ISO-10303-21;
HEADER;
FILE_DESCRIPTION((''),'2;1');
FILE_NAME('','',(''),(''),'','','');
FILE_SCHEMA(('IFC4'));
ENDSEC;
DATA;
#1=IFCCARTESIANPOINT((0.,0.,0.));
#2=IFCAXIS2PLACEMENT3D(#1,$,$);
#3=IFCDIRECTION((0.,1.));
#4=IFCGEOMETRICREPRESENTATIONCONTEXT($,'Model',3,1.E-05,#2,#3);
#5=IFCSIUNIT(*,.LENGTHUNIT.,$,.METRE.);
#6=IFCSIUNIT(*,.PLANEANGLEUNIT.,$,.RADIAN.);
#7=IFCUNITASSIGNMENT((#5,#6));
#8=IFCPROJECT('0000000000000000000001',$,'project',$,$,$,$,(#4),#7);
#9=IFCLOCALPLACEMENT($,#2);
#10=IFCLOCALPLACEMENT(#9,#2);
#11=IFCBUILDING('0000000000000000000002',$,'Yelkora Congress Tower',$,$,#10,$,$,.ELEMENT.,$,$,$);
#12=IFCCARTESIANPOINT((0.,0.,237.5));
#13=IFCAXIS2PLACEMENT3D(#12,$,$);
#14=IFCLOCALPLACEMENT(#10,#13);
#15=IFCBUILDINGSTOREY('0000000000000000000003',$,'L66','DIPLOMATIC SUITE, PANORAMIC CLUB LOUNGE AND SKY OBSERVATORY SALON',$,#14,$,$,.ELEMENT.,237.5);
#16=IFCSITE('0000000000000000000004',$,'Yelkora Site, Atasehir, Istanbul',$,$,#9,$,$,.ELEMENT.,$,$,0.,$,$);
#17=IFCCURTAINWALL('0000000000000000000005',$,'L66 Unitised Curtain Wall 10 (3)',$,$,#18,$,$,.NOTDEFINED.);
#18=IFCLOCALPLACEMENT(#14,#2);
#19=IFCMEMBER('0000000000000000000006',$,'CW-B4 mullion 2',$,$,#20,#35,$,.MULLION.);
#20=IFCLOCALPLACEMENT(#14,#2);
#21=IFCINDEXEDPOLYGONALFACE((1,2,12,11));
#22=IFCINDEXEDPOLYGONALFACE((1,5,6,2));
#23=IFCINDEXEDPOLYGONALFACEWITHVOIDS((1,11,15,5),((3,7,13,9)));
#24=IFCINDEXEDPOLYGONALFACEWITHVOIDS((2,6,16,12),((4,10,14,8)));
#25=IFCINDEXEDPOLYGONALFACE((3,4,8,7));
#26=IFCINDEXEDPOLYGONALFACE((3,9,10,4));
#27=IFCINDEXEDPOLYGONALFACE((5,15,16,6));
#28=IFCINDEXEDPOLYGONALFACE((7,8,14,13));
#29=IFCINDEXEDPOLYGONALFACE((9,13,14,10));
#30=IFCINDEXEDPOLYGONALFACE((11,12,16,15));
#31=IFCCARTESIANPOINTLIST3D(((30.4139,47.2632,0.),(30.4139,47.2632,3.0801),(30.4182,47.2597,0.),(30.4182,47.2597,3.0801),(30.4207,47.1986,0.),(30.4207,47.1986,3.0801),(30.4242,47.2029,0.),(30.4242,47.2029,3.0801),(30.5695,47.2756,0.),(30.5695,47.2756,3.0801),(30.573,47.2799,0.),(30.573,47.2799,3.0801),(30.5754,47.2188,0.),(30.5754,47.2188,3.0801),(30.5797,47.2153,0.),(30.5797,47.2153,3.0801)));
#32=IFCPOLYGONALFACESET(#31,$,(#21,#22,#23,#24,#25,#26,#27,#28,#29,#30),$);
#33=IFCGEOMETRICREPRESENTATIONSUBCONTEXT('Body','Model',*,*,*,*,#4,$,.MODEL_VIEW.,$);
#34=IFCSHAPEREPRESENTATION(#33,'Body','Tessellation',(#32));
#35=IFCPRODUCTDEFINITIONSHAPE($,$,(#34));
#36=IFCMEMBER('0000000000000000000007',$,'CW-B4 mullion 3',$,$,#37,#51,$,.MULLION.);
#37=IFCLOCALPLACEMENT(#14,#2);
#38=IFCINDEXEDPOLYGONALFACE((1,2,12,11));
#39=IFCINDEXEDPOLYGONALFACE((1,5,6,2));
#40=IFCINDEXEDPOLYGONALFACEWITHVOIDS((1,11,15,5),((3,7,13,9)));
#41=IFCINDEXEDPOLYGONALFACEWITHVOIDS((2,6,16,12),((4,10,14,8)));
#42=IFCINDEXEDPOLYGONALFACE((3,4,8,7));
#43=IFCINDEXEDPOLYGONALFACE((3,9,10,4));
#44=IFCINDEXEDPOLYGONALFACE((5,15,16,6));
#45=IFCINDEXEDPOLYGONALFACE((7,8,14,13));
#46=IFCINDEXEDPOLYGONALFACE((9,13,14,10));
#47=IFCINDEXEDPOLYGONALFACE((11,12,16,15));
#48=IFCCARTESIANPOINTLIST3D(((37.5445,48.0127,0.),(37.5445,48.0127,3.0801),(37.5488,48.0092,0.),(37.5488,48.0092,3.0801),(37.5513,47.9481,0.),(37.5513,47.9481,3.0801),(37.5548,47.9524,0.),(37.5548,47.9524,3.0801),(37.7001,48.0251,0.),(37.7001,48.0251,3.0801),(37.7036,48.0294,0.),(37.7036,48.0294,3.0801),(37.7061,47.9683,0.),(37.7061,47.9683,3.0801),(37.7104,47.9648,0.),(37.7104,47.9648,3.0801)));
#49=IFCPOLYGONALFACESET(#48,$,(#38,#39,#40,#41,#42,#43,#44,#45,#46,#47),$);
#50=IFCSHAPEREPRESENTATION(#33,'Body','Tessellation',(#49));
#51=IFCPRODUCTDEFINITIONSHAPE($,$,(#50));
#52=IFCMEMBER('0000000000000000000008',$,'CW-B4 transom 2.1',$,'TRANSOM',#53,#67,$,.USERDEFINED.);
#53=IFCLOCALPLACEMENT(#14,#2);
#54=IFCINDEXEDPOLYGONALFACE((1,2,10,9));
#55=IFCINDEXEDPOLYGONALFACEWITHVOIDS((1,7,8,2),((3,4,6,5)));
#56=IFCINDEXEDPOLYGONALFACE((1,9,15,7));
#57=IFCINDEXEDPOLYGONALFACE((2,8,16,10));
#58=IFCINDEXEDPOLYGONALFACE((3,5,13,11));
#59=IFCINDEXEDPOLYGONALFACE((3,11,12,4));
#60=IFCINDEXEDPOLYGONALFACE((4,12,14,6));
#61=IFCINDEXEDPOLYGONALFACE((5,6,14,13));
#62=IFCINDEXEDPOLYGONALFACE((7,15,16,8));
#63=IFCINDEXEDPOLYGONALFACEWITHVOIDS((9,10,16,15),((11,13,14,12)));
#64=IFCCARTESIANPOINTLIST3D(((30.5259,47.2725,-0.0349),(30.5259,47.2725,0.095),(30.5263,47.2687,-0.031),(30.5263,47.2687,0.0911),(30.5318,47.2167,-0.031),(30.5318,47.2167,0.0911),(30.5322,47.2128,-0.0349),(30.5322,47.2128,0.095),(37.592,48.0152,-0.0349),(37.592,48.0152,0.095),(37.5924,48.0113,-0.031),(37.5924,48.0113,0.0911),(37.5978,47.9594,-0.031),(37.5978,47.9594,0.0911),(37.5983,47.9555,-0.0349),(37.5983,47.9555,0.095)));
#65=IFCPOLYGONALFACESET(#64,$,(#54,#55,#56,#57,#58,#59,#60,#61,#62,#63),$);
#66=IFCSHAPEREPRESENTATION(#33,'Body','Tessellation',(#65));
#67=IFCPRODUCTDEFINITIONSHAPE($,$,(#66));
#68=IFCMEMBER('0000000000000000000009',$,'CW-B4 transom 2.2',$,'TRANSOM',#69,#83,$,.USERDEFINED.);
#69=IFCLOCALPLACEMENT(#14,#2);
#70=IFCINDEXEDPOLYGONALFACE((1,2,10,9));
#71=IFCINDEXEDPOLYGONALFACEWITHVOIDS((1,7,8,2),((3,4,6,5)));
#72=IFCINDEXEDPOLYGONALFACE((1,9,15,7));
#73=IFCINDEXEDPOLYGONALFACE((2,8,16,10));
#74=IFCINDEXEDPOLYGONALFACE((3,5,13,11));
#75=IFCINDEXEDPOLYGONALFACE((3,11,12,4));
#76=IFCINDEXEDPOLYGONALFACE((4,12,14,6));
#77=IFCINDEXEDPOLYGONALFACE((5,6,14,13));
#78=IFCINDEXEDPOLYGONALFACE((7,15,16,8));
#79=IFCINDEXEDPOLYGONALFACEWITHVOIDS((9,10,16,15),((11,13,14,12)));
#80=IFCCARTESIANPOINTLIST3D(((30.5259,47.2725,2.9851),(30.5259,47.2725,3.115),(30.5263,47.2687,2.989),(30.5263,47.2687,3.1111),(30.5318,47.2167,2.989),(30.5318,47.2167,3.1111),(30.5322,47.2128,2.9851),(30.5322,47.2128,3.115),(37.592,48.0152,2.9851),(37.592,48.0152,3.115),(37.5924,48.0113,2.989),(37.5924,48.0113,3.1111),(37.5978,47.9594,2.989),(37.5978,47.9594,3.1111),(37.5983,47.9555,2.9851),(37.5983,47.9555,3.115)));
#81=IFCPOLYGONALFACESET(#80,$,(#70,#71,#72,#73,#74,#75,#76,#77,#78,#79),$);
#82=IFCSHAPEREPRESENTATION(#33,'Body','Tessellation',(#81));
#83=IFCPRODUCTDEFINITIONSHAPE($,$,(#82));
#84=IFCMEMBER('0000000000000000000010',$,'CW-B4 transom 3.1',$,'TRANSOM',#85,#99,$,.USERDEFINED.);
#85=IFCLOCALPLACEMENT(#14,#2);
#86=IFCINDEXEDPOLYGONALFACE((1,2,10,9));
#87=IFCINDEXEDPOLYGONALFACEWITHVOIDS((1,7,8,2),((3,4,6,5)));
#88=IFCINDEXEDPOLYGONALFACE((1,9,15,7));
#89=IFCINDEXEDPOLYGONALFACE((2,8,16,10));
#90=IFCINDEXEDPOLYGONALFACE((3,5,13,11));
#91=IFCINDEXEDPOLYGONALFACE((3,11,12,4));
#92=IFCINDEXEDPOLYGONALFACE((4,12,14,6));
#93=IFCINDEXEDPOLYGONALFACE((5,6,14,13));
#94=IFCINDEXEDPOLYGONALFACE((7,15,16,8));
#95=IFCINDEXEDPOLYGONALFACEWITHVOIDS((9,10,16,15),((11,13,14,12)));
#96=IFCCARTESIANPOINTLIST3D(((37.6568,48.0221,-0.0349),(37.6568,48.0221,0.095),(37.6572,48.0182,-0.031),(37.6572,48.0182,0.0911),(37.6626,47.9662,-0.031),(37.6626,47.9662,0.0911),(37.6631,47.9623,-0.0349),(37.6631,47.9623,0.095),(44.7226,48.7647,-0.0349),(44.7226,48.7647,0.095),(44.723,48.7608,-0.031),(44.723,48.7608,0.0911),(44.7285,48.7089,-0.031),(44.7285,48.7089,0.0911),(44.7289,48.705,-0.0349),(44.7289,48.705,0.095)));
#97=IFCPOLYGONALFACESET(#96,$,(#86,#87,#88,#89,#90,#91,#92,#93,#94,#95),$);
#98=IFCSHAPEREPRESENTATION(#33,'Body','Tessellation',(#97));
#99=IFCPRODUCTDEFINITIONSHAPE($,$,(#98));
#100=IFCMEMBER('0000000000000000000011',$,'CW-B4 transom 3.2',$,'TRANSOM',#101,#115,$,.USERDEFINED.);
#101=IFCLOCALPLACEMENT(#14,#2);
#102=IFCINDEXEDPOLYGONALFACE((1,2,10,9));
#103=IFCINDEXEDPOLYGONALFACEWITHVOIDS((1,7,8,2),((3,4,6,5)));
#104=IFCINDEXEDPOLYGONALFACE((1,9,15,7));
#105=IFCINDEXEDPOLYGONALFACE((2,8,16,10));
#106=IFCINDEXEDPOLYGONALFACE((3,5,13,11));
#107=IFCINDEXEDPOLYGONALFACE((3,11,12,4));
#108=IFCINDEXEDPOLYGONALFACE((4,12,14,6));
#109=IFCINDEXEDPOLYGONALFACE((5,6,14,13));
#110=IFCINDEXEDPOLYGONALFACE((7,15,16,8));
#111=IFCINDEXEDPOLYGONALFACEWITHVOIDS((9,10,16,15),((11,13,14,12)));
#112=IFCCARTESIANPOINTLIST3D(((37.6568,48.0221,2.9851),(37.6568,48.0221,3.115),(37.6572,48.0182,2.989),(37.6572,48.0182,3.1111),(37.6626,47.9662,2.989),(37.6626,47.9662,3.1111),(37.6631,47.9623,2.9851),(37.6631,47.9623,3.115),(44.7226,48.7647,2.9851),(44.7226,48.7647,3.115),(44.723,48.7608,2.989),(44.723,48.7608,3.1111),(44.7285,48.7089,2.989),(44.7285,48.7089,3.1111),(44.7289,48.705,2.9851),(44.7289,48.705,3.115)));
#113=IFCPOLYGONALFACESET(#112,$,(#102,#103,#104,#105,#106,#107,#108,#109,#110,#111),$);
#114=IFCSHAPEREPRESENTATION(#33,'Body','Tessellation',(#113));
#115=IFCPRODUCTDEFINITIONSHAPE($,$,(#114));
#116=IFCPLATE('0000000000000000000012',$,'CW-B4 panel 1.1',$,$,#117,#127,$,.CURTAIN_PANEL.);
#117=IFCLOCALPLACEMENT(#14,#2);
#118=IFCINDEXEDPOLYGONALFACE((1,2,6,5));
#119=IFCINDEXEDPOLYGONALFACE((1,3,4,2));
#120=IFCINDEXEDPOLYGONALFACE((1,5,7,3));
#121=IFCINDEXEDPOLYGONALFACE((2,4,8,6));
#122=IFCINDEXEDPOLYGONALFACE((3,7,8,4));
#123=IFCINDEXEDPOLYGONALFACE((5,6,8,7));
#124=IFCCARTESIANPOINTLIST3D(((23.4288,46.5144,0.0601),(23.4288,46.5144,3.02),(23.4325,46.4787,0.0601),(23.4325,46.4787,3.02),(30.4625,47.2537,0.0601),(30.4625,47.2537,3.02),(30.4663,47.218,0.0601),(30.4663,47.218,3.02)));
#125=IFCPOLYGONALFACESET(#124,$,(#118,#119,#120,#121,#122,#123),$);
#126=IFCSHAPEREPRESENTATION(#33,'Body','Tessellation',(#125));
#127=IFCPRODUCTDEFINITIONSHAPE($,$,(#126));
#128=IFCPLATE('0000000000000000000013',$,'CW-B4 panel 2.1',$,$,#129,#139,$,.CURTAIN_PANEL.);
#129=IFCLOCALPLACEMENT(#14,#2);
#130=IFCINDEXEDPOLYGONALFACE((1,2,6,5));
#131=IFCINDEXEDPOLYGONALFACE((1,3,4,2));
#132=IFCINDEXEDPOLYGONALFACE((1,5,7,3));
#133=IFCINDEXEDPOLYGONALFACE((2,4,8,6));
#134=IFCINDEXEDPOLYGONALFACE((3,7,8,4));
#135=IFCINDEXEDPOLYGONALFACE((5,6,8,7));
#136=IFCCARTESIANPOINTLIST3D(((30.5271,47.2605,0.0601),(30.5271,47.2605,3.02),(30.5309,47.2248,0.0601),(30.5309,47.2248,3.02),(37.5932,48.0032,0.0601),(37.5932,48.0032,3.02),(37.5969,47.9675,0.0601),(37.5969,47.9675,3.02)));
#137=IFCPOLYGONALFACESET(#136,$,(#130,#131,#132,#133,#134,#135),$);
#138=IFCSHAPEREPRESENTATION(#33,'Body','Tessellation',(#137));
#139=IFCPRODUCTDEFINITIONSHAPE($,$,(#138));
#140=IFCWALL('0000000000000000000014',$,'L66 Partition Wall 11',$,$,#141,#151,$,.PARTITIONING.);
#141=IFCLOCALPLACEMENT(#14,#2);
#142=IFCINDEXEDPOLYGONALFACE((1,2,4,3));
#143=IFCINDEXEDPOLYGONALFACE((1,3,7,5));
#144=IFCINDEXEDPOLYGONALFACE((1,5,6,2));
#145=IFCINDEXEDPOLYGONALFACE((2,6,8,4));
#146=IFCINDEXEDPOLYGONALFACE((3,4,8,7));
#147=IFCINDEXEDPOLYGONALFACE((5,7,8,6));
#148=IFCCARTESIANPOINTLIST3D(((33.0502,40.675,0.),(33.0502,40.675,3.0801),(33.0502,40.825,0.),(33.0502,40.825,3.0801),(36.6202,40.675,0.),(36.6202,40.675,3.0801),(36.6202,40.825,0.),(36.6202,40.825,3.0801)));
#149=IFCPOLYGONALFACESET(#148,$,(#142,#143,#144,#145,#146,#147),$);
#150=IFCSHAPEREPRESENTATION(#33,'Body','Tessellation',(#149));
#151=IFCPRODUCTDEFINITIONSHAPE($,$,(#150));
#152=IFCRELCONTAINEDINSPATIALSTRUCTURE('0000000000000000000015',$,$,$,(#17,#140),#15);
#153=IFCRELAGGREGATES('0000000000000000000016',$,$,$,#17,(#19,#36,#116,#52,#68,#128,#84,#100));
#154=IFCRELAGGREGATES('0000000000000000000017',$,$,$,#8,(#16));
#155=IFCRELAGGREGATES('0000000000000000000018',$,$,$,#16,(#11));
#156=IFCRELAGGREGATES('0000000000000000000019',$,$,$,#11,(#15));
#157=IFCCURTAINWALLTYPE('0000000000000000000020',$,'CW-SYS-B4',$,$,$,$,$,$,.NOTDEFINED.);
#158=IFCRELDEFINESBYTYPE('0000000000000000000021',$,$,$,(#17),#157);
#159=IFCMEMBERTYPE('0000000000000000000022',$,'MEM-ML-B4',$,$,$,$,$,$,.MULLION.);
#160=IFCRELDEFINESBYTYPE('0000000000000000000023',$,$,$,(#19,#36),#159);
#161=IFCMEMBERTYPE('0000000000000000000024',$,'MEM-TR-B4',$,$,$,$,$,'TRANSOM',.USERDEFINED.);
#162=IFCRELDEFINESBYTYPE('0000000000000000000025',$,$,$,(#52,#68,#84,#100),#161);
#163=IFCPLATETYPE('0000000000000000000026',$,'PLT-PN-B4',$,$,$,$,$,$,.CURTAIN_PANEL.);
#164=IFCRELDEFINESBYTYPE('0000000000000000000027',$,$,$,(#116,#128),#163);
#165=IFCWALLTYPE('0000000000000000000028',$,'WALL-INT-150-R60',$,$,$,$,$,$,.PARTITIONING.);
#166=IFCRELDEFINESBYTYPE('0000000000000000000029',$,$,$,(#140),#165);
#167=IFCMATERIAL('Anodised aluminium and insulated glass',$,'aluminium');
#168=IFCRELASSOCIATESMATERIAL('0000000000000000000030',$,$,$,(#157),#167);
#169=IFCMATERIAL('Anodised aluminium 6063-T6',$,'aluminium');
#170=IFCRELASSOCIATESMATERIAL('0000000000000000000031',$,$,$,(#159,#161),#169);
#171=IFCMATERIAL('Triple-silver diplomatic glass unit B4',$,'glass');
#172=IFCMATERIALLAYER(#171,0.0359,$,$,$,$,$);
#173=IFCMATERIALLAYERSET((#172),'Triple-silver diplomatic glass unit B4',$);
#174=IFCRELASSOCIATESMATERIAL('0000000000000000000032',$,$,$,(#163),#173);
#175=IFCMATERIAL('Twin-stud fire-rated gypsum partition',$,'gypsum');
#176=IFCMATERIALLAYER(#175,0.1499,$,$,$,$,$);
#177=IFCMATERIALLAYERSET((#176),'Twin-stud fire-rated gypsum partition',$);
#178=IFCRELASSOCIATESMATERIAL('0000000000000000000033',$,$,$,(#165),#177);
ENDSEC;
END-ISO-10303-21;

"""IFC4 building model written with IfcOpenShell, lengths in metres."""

from ifc_helpers import new_model, si_unit, direction, frame, frame_2d, origin, origin_2d, place, context, subcontext, project, spatial, rectangle, hollow_rectangle, extrude, material, layer, layer_set, material_profile, profile_set, type_object, element, aggregate, save


model = new_model("IFC4")

# Units and contexts
model_context = context("Model", 3, precision=1e-05, world=origin(), true_north=direction((0.0, 1.0)))
body_context = subcontext(model_context, "Body", "Model", "MODEL_VIEW")
ifc_project = project(units=[si_unit("LENGTHUNIT", "METRE"), si_unit("PLANEANGLEUNIT", "RADIAN")], contexts=[model_context])

# Site, building, storey
site_placement = place(None, origin())
site = spatial("IfcSite", under=ifc_project, at=site_placement, Name="Yelkora Site, Atasehir, Istanbul", CompositionType="ELEMENT", RefElevation=0.0)
building_placement = place(site_placement, origin())
building = spatial("IfcBuilding", under=site, at=building_placement, Name="Yelkora Congress Tower", CompositionType="ELEMENT")
storey_placement = place(building_placement, frame((0.0, 0.0, 237.5)))
storey = spatial("IfcBuildingStorey", under=building, at=storey_placement, Name="L66", Description="DIPLOMATIC SUITE, PANORAMIC CLUB LOUNGE AND SKY OBSERVATORY SALON", CompositionType="ELEMENT", Elevation=237.5)

# Curtain wall, members, plates
ifc_material_1 = material(Name="Anodised aluminium and insulated glass", Category="aluminium")
curtain_wall_type = type_object("IfcCurtainWallType", Name="CW-SYS-B4", PredefinedType="NOTDEFINED", material=ifc_material_1)
curtain_wall_placement = place(storey_placement, origin())
curtain_wall = element("IfcCurtainWall", 1, at=curtain_wall_placement, inside=storey, type_object=curtain_wall_type, Name="L66 Unitised Curtain Wall 10 (3)", PredefinedType="NOTDEFINED")
ifc_material_2 = material(Name="Anodised aluminium 6063-T6", Category="aluminium")
ifc_material_profile_1 = material_profile(ifc_material_2, hollow_rectangle(XDim=0.0649, YDim=0.1599, WallThickness=0.0039, at=origin_2d()), Name="ALU 65x160x4")
ifc_profile_set_1 = profile_set([ifc_material_profile_1], Name="Anodised aluminium 6063-T6")
member_type_1 = type_object("IfcMemberType", Name="MEM-ML-B4", PredefinedType="MULLION", material=ifc_profile_set_1)
member_1_placement = place(storey_placement, frame((30.4968, 47.2393, 0.0), z_axis=(0.0, 0.0, 1.0), x_axis=(-0.104528, 0.994522, 0.0)))
member_1 = element("IfcMember", 2, at=member_1_placement, type_object=member_type_1, Name="CW-B4 mullion 2", PredefinedType="MULLION", context=body_context, shape_type="SweptSolid", body=[
    extrude(hollow_rectangle(XDim=0.0649, YDim=0.1599, WallThickness=0.0039, at=origin_2d()), origin(), (0.0, 0.0, 1.0), 3.0801),
])
member_2_placement = place(storey_placement, frame((37.6274, 47.9888, 0.0), z_axis=(0.0, 0.0, 1.0), x_axis=(-0.104528, 0.994522, 0.0)))
member_2 = element("IfcMember", 3, at=member_2_placement, type_object=member_type_1, Name="CW-B4 mullion 3", PredefinedType="MULLION", context=body_context, shape_type="SweptSolid", body=[
    extrude(hollow_rectangle(XDim=0.0649, YDim=0.1599, WallThickness=0.0039, at=origin_2d()), origin(), (0.0, 0.0, 1.0), 3.0801),
])
ifc_material_profile_2 = material_profile(ifc_material_2, hollow_rectangle(XDim=0.0601, YDim=0.1299, WallThickness=0.0039, at=origin_2d()), Name="ALU 60x130x4")
ifc_profile_set_2 = profile_set([ifc_material_profile_2], Name="Anodised aluminium 6063-T6")
member_type_2 = type_object("IfcMemberType", Name="MEM-TR-B4", ElementType="TRANSOM", PredefinedType="USERDEFINED", material=ifc_profile_set_2)
member_3_placement = place(storey_placement, frame((30.5291, 47.2427, 0.03), z_axis=(0.994522, 0.104527, 0.0), x_axis=(-0.104527, 0.994522, 0.0)))
member_3 = element("IfcMember", 4, at=member_3_placement, type_object=member_type_2, Name="CW-B4 transom 2.1", ObjectType="TRANSOM", PredefinedType="USERDEFINED", context=body_context, shape_type="SweptSolid", body=[
    extrude(hollow_rectangle(XDim=0.0601, YDim=0.1299, WallThickness=0.0039, at=origin_2d()), origin(), (0.0, 0.0, 1.0), 7.105),
])
member_4_placement = place(storey_placement, frame((30.5291, 47.2427, 3.05), z_axis=(0.994522, 0.104527, 0.0), x_axis=(-0.104527, 0.994522, 0.0)))
member_4 = element("IfcMember", 5, at=member_4_placement, type_object=member_type_2, Name="CW-B4 transom 2.2", ObjectType="TRANSOM", PredefinedType="USERDEFINED", context=body_context, shape_type="SweptSolid", body=[
    extrude(hollow_rectangle(XDim=0.0601, YDim=0.1299, WallThickness=0.0039, at=origin_2d()), origin(), (0.0, 0.0, 1.0), 7.105),
])
member_5_placement = place(storey_placement, frame((37.6599, 47.9922, 0.03), z_axis=(0.994522, 0.104531, 0.0), x_axis=(-0.104531, 0.994522, 0.0)))
member_5 = element("IfcMember", 6, at=member_5_placement, type_object=member_type_2, Name="CW-B4 transom 3.1", ObjectType="TRANSOM", PredefinedType="USERDEFINED", context=body_context, shape_type="SweptSolid", body=[
    extrude(hollow_rectangle(XDim=0.0601, YDim=0.1299, WallThickness=0.0039, at=origin_2d()), origin(), (0.0, 0.0, 1.0), 7.1047),
])
member_6_placement = place(storey_placement, frame((37.6599, 47.9922, 3.05), z_axis=(0.994522, 0.104531, 0.0), x_axis=(-0.104531, 0.994522, 0.0)))
member_6 = element("IfcMember", 7, at=member_6_placement, type_object=member_type_2, Name="CW-B4 transom 3.2", ObjectType="TRANSOM", PredefinedType="USERDEFINED", context=body_context, shape_type="SweptSolid", body=[
    extrude(hollow_rectangle(XDim=0.0601, YDim=0.1299, WallThickness=0.0039, at=origin_2d()), origin(), (0.0, 0.0, 1.0), 7.1047),
])
ifc_material_3 = material(Name="Triple-silver diplomatic glass unit B4", Category="glass")
ifc_layer_1 = layer(ifc_material_3, 0.0359)
ifc_layer_set_1 = layer_set([ifc_layer_1], Name="Triple-silver diplomatic glass unit B4")
plate_type = type_object("IfcPlateType", Name="PLT-PN-B4", PredefinedType="CURTAIN_PANEL", material=ifc_layer_set_1)
plate_1_placement = place(storey_placement, frame((26.9475, 46.8662, 0.0601), z_axis=(0.0, 0.0, 1.0), x_axis=(0.994522, 0.104528, 0.0)))
plate_1 = element("IfcPlate", 8, at=plate_1_placement, type_object=plate_type, Name="CW-B4 panel 1.1", PredefinedType="CURTAIN_PANEL", context=body_context, shape_type="SweptSolid", body=[
    extrude(rectangle(XDim=7.0725, YDim=0.0359, at=origin_2d()), origin(), (0.0, 0.0, 1.0), 2.96),
])
plate_2_placement = place(storey_placement, frame((34.062, 47.614, 0.0601), z_axis=(0.0, 0.0, 1.0), x_axis=(0.994522, 0.104528, 0.0)))
plate_2 = element("IfcPlate", 9, at=plate_2_placement, type_object=plate_type, Name="CW-B4 panel 2.1", PredefinedType="CURTAIN_PANEL", context=body_context, shape_type="SweptSolid", body=[
    extrude(rectangle(XDim=7.105, YDim=0.0359, at=origin_2d()), origin(), (0.0, 0.0, 1.0), 2.96),
])
aggregate(curtain_wall, [member_1, member_2, plate_1, member_3, member_4, plate_2, member_5, member_6])

# Wall
ifc_material_4 = material(Name="Twin-stud fire-rated gypsum partition", Category="gypsum")
ifc_layer_2 = layer(ifc_material_4, 0.1499)
ifc_layer_set_2 = layer_set([ifc_layer_2], Name="Twin-stud fire-rated gypsum partition")
wall_type_1 = type_object("IfcWallType", Name="WALL-INT-150-R60", PredefinedType="PARTITIONING", material=ifc_layer_set_2)
wall_1_placement = place(storey_placement, frame((33.05, 40.75, 0.0), z_axis=(0.0, 0.0, 1.0), x_axis=(1.0, 0.0, 0.0)))
element("IfcWall", 10, at=wall_1_placement, inside=storey, type_object=wall_type_1, Name="L66 Partition Wall 11", PredefinedType="PARTITIONING", context=body_context, shape_type="SweptSolid", body=[
    extrude(rectangle(XDim=3.5701, YDim=0.1499, at=frame_2d((1.7852, 0.0))), origin(), (0.0, 0.0, 1.0), 3.0801),
])

save(model, "model.ifc")
